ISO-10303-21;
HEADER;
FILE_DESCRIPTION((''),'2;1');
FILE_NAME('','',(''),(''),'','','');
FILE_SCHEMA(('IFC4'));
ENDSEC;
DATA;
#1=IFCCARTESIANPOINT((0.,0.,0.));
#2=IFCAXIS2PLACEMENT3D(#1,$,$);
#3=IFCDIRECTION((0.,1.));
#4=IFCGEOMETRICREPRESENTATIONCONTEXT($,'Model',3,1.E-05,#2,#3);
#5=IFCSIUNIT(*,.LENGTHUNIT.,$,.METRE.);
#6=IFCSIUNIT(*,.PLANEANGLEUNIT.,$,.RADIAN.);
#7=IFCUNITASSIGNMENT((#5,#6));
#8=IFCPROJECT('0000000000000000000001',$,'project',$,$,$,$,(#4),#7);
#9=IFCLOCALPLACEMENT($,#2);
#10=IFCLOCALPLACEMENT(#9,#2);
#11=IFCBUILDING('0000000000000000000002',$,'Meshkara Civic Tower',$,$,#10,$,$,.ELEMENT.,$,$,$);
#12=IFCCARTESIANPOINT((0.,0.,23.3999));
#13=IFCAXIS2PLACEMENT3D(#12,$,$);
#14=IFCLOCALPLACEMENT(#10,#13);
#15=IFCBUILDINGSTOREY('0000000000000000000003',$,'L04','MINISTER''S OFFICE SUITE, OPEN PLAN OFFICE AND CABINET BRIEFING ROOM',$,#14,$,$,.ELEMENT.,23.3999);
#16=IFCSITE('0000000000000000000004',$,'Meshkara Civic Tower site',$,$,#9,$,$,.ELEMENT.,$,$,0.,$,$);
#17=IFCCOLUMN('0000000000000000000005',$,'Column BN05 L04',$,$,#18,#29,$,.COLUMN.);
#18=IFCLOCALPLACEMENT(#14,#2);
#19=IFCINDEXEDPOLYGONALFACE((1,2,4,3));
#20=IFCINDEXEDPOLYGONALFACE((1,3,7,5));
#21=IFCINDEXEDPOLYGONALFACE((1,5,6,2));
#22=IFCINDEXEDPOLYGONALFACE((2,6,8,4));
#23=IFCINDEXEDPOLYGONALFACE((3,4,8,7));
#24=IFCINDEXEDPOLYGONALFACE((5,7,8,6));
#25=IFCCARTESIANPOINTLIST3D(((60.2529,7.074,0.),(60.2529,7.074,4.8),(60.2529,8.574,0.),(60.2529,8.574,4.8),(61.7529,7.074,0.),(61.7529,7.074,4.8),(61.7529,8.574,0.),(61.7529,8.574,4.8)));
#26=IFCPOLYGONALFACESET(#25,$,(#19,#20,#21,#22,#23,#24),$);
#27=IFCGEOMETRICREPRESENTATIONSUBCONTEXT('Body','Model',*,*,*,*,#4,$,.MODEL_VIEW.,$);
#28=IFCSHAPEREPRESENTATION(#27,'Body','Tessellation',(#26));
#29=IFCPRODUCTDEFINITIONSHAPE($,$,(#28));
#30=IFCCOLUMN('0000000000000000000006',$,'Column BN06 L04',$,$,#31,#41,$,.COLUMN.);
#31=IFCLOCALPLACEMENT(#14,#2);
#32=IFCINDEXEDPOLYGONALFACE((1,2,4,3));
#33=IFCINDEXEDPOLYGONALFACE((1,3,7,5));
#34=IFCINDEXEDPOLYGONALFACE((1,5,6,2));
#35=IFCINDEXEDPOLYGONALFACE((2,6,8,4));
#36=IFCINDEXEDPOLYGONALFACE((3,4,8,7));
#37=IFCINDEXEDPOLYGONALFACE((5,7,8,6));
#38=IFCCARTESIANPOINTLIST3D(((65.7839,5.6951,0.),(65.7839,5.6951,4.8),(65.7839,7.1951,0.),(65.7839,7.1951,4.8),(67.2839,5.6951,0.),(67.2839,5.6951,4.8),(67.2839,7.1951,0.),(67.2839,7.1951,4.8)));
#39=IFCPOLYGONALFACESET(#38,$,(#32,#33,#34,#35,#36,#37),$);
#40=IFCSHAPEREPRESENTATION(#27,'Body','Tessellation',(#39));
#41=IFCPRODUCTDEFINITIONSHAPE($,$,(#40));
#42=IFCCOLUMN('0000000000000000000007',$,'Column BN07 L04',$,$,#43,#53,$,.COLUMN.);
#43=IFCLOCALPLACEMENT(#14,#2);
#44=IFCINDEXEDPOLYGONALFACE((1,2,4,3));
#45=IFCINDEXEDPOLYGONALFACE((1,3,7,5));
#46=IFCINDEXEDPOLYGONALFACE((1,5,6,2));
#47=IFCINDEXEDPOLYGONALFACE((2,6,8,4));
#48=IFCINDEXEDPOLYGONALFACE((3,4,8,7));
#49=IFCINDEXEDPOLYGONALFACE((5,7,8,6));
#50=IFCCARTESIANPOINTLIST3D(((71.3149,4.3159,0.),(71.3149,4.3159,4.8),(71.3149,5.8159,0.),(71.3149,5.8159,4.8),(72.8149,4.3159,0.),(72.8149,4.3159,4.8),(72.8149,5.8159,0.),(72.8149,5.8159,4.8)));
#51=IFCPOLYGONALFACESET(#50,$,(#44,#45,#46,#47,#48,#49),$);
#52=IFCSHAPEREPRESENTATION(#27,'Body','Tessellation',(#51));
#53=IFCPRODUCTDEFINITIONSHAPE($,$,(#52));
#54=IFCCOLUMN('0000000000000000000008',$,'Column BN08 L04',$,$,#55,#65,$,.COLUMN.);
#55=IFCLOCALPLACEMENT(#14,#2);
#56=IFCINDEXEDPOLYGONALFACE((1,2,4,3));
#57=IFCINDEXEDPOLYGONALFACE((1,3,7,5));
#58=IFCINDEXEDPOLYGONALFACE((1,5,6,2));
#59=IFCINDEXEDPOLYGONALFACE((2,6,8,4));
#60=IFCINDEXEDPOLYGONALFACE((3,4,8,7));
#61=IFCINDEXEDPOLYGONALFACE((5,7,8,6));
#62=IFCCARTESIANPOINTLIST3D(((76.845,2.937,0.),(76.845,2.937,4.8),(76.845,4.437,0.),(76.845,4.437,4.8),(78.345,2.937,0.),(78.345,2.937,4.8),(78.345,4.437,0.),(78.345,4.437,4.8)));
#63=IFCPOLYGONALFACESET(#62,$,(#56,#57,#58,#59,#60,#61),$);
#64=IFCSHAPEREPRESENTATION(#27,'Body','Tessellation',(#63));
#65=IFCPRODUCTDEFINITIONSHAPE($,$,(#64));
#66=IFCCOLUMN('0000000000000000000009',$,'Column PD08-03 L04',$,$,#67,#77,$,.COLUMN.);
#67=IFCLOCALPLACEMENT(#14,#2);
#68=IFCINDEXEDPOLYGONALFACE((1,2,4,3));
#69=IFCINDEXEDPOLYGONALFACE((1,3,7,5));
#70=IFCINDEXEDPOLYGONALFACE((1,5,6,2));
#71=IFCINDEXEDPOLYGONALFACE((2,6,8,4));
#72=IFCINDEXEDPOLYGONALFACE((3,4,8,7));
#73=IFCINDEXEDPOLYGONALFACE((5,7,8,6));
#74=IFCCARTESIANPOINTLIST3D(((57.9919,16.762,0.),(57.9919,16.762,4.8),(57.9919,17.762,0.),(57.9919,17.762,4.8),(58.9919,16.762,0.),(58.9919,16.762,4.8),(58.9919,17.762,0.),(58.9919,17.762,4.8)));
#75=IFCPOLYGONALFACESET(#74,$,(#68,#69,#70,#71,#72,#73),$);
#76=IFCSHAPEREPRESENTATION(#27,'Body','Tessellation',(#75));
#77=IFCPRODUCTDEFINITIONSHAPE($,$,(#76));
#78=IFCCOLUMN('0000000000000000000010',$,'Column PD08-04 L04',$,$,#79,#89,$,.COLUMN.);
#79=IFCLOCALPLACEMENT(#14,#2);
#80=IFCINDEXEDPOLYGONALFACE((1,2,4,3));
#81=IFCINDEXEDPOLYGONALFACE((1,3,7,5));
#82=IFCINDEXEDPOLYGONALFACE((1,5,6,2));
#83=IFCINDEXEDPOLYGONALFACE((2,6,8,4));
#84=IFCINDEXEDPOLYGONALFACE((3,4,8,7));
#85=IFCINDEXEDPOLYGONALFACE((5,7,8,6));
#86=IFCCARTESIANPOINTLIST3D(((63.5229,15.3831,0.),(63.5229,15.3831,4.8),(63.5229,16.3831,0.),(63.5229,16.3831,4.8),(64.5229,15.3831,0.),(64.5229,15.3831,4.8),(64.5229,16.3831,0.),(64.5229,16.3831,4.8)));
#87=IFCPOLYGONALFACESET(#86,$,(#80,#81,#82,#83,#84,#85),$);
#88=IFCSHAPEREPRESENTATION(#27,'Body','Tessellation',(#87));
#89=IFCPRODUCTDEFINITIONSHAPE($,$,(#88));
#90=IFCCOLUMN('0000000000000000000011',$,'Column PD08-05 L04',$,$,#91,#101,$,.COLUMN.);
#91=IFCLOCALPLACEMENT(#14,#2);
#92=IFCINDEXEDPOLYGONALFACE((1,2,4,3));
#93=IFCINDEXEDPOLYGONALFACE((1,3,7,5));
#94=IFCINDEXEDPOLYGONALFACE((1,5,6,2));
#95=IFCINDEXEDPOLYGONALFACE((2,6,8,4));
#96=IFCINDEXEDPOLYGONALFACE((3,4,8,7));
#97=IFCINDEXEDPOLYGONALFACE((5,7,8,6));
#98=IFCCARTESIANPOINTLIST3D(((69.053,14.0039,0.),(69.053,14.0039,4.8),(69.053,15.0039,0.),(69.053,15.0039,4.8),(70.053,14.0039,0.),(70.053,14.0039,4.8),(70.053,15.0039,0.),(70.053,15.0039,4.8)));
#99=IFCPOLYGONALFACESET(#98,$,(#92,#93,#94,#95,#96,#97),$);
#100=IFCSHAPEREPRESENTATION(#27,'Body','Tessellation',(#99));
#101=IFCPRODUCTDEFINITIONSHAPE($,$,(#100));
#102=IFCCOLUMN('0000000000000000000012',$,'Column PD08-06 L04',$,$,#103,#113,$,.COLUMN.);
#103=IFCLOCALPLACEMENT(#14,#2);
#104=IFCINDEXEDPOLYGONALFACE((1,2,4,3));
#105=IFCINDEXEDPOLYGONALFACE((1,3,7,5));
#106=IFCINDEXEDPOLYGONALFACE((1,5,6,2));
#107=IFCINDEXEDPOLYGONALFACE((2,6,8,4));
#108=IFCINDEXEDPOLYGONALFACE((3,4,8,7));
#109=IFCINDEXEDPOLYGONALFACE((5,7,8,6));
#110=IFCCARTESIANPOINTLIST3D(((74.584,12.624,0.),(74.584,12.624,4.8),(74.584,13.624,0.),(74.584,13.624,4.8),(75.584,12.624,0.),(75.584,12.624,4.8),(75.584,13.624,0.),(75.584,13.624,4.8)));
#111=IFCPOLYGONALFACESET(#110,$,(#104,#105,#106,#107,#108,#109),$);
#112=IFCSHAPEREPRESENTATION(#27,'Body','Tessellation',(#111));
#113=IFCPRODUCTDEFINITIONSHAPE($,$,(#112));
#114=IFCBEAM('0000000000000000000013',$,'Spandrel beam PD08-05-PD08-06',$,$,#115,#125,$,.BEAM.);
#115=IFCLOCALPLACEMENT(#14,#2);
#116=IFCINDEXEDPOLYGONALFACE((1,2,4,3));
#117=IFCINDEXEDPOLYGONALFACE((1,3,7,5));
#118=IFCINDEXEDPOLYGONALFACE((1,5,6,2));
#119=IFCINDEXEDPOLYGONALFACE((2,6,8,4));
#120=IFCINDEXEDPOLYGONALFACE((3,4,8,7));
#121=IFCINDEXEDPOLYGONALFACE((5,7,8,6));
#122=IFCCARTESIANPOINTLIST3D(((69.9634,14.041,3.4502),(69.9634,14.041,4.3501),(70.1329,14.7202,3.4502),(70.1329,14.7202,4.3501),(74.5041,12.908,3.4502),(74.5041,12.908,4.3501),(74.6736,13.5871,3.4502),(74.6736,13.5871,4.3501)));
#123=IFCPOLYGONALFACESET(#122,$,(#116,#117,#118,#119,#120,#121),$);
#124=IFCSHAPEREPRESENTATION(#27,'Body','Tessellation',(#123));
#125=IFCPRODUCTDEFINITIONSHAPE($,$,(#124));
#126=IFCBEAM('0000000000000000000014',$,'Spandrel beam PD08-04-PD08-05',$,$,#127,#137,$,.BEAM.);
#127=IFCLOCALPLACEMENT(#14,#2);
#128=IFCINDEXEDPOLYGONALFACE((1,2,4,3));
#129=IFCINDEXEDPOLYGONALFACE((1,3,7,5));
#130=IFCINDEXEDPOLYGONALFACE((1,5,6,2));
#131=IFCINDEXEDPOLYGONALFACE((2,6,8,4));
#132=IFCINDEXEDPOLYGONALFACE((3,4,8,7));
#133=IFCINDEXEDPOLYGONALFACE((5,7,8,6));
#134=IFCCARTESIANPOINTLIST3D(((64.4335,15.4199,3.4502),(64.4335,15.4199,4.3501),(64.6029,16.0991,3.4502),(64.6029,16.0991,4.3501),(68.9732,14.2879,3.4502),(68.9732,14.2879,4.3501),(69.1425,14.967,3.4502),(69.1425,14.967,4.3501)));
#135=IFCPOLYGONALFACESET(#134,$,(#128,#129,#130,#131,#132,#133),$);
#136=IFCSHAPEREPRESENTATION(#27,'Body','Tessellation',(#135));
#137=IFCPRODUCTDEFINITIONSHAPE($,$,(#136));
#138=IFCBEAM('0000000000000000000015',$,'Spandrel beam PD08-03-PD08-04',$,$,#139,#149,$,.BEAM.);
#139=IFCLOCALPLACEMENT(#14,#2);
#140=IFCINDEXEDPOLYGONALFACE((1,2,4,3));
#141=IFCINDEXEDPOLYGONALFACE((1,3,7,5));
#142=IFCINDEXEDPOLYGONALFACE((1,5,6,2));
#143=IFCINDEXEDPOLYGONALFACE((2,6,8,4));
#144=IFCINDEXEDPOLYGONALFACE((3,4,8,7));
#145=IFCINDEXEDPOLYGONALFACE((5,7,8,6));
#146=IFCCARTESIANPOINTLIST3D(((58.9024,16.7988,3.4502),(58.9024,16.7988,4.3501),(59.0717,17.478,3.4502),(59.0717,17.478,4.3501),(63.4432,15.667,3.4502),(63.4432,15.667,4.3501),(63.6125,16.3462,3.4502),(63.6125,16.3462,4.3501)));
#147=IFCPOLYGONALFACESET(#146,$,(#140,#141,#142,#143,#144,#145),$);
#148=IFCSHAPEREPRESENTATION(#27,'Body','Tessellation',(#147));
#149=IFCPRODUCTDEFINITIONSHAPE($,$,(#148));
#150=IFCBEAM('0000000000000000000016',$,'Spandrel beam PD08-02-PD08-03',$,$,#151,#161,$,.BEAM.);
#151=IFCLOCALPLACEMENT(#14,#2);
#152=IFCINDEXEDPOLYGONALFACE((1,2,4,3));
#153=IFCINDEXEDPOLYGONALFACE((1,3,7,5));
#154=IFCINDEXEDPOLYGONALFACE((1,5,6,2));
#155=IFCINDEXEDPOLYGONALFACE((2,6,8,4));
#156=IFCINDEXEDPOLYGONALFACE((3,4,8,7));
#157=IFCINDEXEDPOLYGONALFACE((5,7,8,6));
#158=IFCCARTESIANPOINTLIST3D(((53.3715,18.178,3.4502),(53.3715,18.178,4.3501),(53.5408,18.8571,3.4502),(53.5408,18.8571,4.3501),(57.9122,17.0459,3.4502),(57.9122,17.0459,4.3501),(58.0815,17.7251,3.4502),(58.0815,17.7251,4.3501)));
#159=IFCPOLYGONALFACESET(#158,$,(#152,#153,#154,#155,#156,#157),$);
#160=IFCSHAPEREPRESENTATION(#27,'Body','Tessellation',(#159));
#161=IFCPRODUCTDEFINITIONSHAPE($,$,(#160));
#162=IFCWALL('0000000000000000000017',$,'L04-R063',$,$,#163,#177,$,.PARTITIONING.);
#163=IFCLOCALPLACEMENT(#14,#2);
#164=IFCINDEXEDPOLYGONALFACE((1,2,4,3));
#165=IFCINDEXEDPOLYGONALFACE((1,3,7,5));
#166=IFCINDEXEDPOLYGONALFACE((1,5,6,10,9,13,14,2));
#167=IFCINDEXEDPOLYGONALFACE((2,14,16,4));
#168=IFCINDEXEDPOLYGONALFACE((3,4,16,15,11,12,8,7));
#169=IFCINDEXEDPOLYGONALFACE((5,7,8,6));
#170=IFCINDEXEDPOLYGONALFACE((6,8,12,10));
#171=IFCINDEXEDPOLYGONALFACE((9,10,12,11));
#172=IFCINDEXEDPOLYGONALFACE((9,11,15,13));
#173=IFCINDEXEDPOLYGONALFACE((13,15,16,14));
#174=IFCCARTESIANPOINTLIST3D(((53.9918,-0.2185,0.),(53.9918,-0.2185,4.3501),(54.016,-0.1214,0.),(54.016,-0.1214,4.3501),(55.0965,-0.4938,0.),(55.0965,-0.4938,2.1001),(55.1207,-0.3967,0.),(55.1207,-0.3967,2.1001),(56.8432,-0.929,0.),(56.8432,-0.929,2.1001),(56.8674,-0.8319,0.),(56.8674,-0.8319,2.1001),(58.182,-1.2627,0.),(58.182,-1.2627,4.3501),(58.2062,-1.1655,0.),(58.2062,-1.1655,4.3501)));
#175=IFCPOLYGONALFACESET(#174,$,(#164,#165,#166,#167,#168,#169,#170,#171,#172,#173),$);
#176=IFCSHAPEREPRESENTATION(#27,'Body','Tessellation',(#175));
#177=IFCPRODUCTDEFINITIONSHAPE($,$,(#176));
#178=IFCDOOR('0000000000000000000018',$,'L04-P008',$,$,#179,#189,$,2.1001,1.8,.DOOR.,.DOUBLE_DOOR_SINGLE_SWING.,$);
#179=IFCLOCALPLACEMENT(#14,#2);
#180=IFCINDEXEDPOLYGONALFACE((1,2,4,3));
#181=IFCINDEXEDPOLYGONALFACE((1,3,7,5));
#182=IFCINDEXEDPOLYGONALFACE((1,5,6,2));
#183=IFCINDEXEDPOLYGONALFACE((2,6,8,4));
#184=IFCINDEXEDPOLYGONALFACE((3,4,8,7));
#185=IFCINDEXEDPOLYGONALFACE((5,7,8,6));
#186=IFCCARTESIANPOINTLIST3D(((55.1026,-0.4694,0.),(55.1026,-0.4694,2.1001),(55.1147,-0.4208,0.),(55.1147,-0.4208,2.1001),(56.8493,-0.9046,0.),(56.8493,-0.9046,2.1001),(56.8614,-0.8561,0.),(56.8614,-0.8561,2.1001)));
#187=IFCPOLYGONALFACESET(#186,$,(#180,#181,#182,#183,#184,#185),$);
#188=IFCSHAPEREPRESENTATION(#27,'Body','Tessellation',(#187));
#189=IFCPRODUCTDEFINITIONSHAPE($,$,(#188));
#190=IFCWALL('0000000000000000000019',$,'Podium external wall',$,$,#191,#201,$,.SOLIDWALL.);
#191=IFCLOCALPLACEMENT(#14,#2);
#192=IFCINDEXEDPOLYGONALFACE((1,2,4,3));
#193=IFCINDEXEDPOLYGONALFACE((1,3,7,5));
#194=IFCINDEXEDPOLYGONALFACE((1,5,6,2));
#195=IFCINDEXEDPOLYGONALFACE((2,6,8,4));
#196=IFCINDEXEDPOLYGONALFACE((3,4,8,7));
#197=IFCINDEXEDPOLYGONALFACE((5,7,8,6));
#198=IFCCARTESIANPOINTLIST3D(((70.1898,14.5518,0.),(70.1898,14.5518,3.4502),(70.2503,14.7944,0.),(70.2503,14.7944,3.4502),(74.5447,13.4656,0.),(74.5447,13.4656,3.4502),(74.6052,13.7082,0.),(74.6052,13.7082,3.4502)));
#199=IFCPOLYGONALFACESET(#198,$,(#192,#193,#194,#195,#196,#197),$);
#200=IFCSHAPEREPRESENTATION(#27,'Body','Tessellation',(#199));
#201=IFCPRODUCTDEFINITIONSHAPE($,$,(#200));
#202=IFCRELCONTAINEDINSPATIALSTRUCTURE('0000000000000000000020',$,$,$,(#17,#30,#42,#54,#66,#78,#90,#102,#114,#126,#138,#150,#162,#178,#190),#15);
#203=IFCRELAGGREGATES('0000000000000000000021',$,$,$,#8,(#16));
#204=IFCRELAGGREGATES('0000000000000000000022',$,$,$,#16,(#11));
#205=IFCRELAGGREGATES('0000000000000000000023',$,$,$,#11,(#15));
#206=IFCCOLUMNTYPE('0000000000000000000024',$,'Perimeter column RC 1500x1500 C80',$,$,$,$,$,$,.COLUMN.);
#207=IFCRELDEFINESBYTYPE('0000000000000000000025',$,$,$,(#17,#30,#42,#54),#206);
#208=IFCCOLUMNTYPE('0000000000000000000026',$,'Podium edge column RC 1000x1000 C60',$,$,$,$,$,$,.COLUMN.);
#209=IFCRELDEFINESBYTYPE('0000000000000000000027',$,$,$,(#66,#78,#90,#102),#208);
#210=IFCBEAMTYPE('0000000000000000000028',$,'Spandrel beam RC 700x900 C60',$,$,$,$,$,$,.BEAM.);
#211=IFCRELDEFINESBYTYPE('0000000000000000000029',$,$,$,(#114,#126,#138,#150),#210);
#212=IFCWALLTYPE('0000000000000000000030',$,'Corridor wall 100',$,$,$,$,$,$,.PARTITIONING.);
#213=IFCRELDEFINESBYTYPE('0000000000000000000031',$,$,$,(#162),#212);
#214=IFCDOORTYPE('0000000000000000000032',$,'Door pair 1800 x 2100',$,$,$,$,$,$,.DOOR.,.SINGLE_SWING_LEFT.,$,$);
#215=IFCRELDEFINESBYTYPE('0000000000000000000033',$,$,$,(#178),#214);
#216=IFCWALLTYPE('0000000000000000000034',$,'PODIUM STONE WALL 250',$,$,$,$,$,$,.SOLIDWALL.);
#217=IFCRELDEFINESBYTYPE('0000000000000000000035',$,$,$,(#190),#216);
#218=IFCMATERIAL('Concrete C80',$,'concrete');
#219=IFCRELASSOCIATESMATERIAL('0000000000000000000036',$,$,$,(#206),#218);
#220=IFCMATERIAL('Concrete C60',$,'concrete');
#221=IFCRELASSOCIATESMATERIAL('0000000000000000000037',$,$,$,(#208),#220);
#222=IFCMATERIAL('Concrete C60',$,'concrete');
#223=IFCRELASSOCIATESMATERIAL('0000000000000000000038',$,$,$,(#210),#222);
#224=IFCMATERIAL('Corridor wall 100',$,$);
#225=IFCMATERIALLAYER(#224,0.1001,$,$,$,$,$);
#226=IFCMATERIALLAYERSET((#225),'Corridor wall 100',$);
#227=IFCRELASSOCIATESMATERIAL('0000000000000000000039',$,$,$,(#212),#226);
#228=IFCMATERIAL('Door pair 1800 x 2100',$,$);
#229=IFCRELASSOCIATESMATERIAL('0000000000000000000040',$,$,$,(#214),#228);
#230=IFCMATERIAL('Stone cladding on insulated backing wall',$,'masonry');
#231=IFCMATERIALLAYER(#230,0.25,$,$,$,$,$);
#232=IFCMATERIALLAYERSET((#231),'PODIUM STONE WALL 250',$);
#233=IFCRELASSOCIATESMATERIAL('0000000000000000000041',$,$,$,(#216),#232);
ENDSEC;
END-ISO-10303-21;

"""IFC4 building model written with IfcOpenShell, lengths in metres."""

from ifc_helpers import new_model, si_unit, direction, frame, frame_2d, origin, origin_2d, place, context, subcontext, project, spatial, rectangle, extrude, material, layer, layer_set, material_profile, profile_set, type_object, element, fill, save


model = new_model("IFC4")

# Units and contexts
model_context = context("Model", 3, precision=1e-05, world=origin(), true_north=direction((0.0, 1.0)))
body_context = subcontext(model_context, "Body", "Model", "MODEL_VIEW")
ifc_project = project(units=[si_unit("LENGTHUNIT", "METRE"), si_unit("PLANEANGLEUNIT", "RADIAN")], contexts=[model_context])

# Site, building, storey
site_placement = place(None, origin())
site = spatial("IfcSite", under=ifc_project, at=site_placement, Name="Meshkara Civic Tower site", CompositionType="ELEMENT", RefElevation=0.0)
building_placement = place(site_placement, origin())
building = spatial("IfcBuilding", under=site, at=building_placement, Name="Meshkara Civic Tower", CompositionType="ELEMENT")
storey_placement = place(building_placement, frame((0.0, 0.0, 23.3999)))
storey = spatial("IfcBuildingStorey", under=building, at=storey_placement, Name="L04", Description="MINISTER'S OFFICE SUITE, OPEN PLAN OFFICE AND CABINET BRIEFING ROOM", CompositionType="ELEMENT", Elevation=23.3999)

# Columns
ifc_material_1 = material(Name="Concrete C80", Category="concrete")
ifc_material_profile_1 = material_profile(ifc_material_1, rectangle(XDim=1.5, YDim=1.5, at=origin_2d()))
ifc_profile_set_1 = profile_set([ifc_material_profile_1], Name="Concrete C80")
column_type_1 = type_object("IfcColumnType", Name="Perimeter column RC 1500x1500 C80", PredefinedType="COLUMN", material=ifc_profile_set_1)
for number, where, z_axis, x_axis, name in (
    (1, (61.0029, 7.824, 0.0), (0.0, 0.0, 1.0), (1.0, 0.0, 0.0), "Column BN05 L04"),
    (2, (66.5339, 6.4451, 0.0), (0.0, 0.0, 1.0), (1.0, 0.0, 0.0), "Column BN06 L04"),
    (3, (72.0649, 5.0659, 0.0), (0.0, 0.0, 1.0), (1.0, 0.0, 0.0), "Column BN07 L04"),
    (4, (77.595, 3.687, 0.0), (0.0, 0.0, 1.0), (1.0, 0.0, 0.0), "Column BN08 L04"),
):
    element("IfcColumn", number, at=place(storey_placement, frame(where, z_axis=z_axis, x_axis=x_axis)), inside=storey, type_object=column_type_1, Name=name, PredefinedType="COLUMN", context=body_context, shape_type="SweptSolid", body=[
        extrude(rectangle(XDim=1.5, YDim=1.5, at=origin_2d()), origin(), (0.0, 0.0, 1.0), 4.8),
    ])
ifc_material_2 = material(Name="Concrete C60", Category="concrete")
ifc_material_profile_2 = material_profile(ifc_material_2, rectangle(XDim=1.0, YDim=1.0, at=origin_2d()))
ifc_profile_set_2 = profile_set([ifc_material_profile_2], Name="Concrete C60")
column_type_2 = type_object("IfcColumnType", Name="Podium edge column RC 1000x1000 C60", PredefinedType="COLUMN", material=ifc_profile_set_2)
for number, where, z_axis, x_axis, name in (
    (5, (58.4919, 17.262, 0.0), (0.0, 0.0, 1.0), (1.0, 0.0, 0.0), "Column PD08-03 L04"),
    (6, (64.0229, 15.8831, 0.0), (0.0, 0.0, 1.0), (1.0, 0.0, 0.0), "Column PD08-04 L04"),
    (7, (69.553, 14.5039, 0.0), (0.0, 0.0, 1.0), (1.0, 0.0, 0.0), "Column PD08-05 L04"),
    (8, (75.084, 13.124, 0.0), (0.0, 0.0, 1.0), (1.0, 0.0, 0.0), "Column PD08-06 L04"),
):
    element("IfcColumn", number, at=place(storey_placement, frame(where, z_axis=z_axis, x_axis=x_axis)), inside=storey, type_object=column_type_2, Name=name, PredefinedType="COLUMN", context=body_context, shape_type="SweptSolid", body=[
        extrude(rectangle(XDim=1.0, YDim=1.0, at=origin_2d()), origin(), (0.0, 0.0, 1.0), 4.8),
    ])

# Beams
ifc_material_3 = material(Name="Concrete C60", Category="concrete")
ifc_material_profile_3 = material_profile(ifc_material_3, rectangle(XDim=0.7, YDim=0.8999, at=origin_2d()))
ifc_profile_set_3 = profile_set([ifc_material_profile_3], Name="Concrete C60")
beam_type = type_object("IfcBeamType", Name="Spandrel beam RC 700x900 C60", PredefinedType="BEAM", material=ifc_profile_set_3)
beam_1_placement = place(storey_placement, frame((74.5889, 13.2476, 3.9001), z_axis=(-0.97025, 0.242106, 0.0), x_axis=(-0.242106, -0.97025, 0.0)))
element("IfcBeam", 9, at=beam_1_placement, inside=storey, type_object=beam_type, Name="Spandrel beam PD08-05-PD08-06", PredefinedType="BEAM", context=body_context, shape_type="SweptSolid", body=[
    extrude(rectangle(XDim=0.7, YDim=0.8999, at=origin_2d()), origin(), (0.0, 0.0, 1.0), 4.6799),
])
beam_2_placement = place(storey_placement, frame((69.0579, 14.6274, 3.9001), z_axis=(-0.970287, 0.241959, 0.0), x_axis=(-0.241959, -0.970287, 0.0)))
element("IfcBeam", 10, at=beam_2_placement, inside=storey, type_object=beam_type, Name="Spandrel beam PD08-04-PD08-05", PredefinedType="BEAM", context=body_context, shape_type="SweptSolid", body=[
    extrude(rectangle(XDim=0.7, YDim=0.8999, at=origin_2d()), origin(), (0.0, 0.0, 1.0), 4.6787),
])
for number, where, z_axis, x_axis, name in (
    (11, (63.5278, 16.0066, 3.9001), (-0.970311, 0.24186, 0.0), (-0.24186, -0.970311, 0.0), "Spandrel beam PD08-03-PD08-04"),
    (12, (57.9968, 17.3855, 3.9001), (-0.970299, 0.24191, 0.0), (-0.24191, -0.970299, 0.0), "Spandrel beam PD08-02-PD08-03"),
):
    element("IfcBeam", number, at=place(storey_placement, frame(where, z_axis=z_axis, x_axis=x_axis)), inside=storey, type_object=beam_type, Name=name, PredefinedType="BEAM", context=body_context, shape_type="SweptSolid", body=[
        extrude(rectangle(XDim=0.7, YDim=0.8999, at=origin_2d()), origin(), (0.0, 0.0, 1.0), 4.6797),
    ])

# Wall, opening, door
ifc_material_4 = material(Name="Corridor wall 100")
ifc_layer_1 = layer(ifc_material_4, 0.1001)
ifc_layer_set_1 = layer_set([ifc_layer_1], Name="Corridor wall 100")
wall_type_1 = type_object("IfcWallType", Name="Corridor wall 100", PredefinedType="PARTITIONING", material=ifc_layer_set_1)
wall_1_placement = place(storey_placement, frame((58.1941, -1.2141, 0.0), z_axis=(0.0, 0.0, 1.0), x_axis=(-0.970325, 0.241804, 0.0)))
wall_1 = element("IfcWall", 13, at=wall_1_placement, inside=storey, type_object=wall_type_1, Name="L04-R063", PredefinedType="PARTITIONING", context=body_context, shape_type="SweptSolid", body=[
    extrude(rectangle(XDim=4.3184, YDim=0.1001, at=frame_2d((2.1592, 0.0))), origin(), (0.0, 0.0, 1.0), 4.3501),
])
opening_1_placement = place(wall_1_placement, frame((1.3799, 0.0, 0.0)))
opening_1 = element("IfcOpeningElement", 14, at=opening_1_placement, cuts=wall_1, PredefinedType="OPENING", context=body_context, shape_type="SweptSolid", body=[
    extrude(rectangle(XDim=1.8, YDim=2.1001, at=frame_2d((0.8999, 1.05))), frame((0.0, 0.0601, 0.0), z_axis=(0.0, -1.0, 0.0), x_axis=(1.0, 0.0, 0.0)), (0.0, 0.0, 1.0), 0.1201),
])
ifc_material_5 = material(Name="Door pair 1800 x 2100")
door_type = type_object("IfcDoorType", Name="Door pair 1800 x 2100", OperationType="SINGLE_SWING_LEFT", PredefinedType="DOOR", material=ifc_material_5)
door_placement = place(opening_1_placement, origin())
door = element("IfcDoor", 15, at=door_placement, inside=storey, type_object=door_type, Name="L04-P008", OperationType="DOUBLE_DOOR_SINGLE_SWING", OverallHeight=2.1001, OverallWidth=1.8, PredefinedType="DOOR", context=body_context, shape_type="SweptSolid", body=[
    extrude(rectangle(XDim=1.8, YDim=2.1001, at=frame_2d((0.8999, 1.05))), frame((0.0, 0.0249, 0.0), z_axis=(0.0, -1.0, 0.0), x_axis=(1.0, 0.0, 0.0)), (0.0, 0.0, 1.0), 0.05),
])
fill(opening_1, door)

# Wall
ifc_material_6 = material(Name="Stone cladding on insulated backing wall", Category="masonry")
ifc_layer_2 = layer(ifc_material_6, 0.25)
ifc_layer_set_2 = layer_set([ifc_layer_2], Name="PODIUM STONE WALL 250")
wall_type_2 = type_object("IfcWallType", Name="PODIUM STONE WALL 250", PredefinedType="SOLIDWALL", material=ifc_layer_set_2)
wall_2_placement = place(storey_placement, frame((74.575, 13.5869, 0.0), z_axis=(0.0, 0.0, 1.0), x_axis=(-0.970277, 0.241998, 0.0)))
element("IfcWall", 16, at=wall_2_placement, inside=storey, type_object=wall_type_2, Name="Podium external wall", PredefinedType="SOLIDWALL", context=body_context, shape_type="SweptSolid", body=[
    extrude(rectangle(XDim=4.4883, YDim=0.25, at=frame_2d((2.2441, 0.0))), origin(), (0.0, 0.0, 1.0), 3.4502),
])

save(model, "model.ifc")
